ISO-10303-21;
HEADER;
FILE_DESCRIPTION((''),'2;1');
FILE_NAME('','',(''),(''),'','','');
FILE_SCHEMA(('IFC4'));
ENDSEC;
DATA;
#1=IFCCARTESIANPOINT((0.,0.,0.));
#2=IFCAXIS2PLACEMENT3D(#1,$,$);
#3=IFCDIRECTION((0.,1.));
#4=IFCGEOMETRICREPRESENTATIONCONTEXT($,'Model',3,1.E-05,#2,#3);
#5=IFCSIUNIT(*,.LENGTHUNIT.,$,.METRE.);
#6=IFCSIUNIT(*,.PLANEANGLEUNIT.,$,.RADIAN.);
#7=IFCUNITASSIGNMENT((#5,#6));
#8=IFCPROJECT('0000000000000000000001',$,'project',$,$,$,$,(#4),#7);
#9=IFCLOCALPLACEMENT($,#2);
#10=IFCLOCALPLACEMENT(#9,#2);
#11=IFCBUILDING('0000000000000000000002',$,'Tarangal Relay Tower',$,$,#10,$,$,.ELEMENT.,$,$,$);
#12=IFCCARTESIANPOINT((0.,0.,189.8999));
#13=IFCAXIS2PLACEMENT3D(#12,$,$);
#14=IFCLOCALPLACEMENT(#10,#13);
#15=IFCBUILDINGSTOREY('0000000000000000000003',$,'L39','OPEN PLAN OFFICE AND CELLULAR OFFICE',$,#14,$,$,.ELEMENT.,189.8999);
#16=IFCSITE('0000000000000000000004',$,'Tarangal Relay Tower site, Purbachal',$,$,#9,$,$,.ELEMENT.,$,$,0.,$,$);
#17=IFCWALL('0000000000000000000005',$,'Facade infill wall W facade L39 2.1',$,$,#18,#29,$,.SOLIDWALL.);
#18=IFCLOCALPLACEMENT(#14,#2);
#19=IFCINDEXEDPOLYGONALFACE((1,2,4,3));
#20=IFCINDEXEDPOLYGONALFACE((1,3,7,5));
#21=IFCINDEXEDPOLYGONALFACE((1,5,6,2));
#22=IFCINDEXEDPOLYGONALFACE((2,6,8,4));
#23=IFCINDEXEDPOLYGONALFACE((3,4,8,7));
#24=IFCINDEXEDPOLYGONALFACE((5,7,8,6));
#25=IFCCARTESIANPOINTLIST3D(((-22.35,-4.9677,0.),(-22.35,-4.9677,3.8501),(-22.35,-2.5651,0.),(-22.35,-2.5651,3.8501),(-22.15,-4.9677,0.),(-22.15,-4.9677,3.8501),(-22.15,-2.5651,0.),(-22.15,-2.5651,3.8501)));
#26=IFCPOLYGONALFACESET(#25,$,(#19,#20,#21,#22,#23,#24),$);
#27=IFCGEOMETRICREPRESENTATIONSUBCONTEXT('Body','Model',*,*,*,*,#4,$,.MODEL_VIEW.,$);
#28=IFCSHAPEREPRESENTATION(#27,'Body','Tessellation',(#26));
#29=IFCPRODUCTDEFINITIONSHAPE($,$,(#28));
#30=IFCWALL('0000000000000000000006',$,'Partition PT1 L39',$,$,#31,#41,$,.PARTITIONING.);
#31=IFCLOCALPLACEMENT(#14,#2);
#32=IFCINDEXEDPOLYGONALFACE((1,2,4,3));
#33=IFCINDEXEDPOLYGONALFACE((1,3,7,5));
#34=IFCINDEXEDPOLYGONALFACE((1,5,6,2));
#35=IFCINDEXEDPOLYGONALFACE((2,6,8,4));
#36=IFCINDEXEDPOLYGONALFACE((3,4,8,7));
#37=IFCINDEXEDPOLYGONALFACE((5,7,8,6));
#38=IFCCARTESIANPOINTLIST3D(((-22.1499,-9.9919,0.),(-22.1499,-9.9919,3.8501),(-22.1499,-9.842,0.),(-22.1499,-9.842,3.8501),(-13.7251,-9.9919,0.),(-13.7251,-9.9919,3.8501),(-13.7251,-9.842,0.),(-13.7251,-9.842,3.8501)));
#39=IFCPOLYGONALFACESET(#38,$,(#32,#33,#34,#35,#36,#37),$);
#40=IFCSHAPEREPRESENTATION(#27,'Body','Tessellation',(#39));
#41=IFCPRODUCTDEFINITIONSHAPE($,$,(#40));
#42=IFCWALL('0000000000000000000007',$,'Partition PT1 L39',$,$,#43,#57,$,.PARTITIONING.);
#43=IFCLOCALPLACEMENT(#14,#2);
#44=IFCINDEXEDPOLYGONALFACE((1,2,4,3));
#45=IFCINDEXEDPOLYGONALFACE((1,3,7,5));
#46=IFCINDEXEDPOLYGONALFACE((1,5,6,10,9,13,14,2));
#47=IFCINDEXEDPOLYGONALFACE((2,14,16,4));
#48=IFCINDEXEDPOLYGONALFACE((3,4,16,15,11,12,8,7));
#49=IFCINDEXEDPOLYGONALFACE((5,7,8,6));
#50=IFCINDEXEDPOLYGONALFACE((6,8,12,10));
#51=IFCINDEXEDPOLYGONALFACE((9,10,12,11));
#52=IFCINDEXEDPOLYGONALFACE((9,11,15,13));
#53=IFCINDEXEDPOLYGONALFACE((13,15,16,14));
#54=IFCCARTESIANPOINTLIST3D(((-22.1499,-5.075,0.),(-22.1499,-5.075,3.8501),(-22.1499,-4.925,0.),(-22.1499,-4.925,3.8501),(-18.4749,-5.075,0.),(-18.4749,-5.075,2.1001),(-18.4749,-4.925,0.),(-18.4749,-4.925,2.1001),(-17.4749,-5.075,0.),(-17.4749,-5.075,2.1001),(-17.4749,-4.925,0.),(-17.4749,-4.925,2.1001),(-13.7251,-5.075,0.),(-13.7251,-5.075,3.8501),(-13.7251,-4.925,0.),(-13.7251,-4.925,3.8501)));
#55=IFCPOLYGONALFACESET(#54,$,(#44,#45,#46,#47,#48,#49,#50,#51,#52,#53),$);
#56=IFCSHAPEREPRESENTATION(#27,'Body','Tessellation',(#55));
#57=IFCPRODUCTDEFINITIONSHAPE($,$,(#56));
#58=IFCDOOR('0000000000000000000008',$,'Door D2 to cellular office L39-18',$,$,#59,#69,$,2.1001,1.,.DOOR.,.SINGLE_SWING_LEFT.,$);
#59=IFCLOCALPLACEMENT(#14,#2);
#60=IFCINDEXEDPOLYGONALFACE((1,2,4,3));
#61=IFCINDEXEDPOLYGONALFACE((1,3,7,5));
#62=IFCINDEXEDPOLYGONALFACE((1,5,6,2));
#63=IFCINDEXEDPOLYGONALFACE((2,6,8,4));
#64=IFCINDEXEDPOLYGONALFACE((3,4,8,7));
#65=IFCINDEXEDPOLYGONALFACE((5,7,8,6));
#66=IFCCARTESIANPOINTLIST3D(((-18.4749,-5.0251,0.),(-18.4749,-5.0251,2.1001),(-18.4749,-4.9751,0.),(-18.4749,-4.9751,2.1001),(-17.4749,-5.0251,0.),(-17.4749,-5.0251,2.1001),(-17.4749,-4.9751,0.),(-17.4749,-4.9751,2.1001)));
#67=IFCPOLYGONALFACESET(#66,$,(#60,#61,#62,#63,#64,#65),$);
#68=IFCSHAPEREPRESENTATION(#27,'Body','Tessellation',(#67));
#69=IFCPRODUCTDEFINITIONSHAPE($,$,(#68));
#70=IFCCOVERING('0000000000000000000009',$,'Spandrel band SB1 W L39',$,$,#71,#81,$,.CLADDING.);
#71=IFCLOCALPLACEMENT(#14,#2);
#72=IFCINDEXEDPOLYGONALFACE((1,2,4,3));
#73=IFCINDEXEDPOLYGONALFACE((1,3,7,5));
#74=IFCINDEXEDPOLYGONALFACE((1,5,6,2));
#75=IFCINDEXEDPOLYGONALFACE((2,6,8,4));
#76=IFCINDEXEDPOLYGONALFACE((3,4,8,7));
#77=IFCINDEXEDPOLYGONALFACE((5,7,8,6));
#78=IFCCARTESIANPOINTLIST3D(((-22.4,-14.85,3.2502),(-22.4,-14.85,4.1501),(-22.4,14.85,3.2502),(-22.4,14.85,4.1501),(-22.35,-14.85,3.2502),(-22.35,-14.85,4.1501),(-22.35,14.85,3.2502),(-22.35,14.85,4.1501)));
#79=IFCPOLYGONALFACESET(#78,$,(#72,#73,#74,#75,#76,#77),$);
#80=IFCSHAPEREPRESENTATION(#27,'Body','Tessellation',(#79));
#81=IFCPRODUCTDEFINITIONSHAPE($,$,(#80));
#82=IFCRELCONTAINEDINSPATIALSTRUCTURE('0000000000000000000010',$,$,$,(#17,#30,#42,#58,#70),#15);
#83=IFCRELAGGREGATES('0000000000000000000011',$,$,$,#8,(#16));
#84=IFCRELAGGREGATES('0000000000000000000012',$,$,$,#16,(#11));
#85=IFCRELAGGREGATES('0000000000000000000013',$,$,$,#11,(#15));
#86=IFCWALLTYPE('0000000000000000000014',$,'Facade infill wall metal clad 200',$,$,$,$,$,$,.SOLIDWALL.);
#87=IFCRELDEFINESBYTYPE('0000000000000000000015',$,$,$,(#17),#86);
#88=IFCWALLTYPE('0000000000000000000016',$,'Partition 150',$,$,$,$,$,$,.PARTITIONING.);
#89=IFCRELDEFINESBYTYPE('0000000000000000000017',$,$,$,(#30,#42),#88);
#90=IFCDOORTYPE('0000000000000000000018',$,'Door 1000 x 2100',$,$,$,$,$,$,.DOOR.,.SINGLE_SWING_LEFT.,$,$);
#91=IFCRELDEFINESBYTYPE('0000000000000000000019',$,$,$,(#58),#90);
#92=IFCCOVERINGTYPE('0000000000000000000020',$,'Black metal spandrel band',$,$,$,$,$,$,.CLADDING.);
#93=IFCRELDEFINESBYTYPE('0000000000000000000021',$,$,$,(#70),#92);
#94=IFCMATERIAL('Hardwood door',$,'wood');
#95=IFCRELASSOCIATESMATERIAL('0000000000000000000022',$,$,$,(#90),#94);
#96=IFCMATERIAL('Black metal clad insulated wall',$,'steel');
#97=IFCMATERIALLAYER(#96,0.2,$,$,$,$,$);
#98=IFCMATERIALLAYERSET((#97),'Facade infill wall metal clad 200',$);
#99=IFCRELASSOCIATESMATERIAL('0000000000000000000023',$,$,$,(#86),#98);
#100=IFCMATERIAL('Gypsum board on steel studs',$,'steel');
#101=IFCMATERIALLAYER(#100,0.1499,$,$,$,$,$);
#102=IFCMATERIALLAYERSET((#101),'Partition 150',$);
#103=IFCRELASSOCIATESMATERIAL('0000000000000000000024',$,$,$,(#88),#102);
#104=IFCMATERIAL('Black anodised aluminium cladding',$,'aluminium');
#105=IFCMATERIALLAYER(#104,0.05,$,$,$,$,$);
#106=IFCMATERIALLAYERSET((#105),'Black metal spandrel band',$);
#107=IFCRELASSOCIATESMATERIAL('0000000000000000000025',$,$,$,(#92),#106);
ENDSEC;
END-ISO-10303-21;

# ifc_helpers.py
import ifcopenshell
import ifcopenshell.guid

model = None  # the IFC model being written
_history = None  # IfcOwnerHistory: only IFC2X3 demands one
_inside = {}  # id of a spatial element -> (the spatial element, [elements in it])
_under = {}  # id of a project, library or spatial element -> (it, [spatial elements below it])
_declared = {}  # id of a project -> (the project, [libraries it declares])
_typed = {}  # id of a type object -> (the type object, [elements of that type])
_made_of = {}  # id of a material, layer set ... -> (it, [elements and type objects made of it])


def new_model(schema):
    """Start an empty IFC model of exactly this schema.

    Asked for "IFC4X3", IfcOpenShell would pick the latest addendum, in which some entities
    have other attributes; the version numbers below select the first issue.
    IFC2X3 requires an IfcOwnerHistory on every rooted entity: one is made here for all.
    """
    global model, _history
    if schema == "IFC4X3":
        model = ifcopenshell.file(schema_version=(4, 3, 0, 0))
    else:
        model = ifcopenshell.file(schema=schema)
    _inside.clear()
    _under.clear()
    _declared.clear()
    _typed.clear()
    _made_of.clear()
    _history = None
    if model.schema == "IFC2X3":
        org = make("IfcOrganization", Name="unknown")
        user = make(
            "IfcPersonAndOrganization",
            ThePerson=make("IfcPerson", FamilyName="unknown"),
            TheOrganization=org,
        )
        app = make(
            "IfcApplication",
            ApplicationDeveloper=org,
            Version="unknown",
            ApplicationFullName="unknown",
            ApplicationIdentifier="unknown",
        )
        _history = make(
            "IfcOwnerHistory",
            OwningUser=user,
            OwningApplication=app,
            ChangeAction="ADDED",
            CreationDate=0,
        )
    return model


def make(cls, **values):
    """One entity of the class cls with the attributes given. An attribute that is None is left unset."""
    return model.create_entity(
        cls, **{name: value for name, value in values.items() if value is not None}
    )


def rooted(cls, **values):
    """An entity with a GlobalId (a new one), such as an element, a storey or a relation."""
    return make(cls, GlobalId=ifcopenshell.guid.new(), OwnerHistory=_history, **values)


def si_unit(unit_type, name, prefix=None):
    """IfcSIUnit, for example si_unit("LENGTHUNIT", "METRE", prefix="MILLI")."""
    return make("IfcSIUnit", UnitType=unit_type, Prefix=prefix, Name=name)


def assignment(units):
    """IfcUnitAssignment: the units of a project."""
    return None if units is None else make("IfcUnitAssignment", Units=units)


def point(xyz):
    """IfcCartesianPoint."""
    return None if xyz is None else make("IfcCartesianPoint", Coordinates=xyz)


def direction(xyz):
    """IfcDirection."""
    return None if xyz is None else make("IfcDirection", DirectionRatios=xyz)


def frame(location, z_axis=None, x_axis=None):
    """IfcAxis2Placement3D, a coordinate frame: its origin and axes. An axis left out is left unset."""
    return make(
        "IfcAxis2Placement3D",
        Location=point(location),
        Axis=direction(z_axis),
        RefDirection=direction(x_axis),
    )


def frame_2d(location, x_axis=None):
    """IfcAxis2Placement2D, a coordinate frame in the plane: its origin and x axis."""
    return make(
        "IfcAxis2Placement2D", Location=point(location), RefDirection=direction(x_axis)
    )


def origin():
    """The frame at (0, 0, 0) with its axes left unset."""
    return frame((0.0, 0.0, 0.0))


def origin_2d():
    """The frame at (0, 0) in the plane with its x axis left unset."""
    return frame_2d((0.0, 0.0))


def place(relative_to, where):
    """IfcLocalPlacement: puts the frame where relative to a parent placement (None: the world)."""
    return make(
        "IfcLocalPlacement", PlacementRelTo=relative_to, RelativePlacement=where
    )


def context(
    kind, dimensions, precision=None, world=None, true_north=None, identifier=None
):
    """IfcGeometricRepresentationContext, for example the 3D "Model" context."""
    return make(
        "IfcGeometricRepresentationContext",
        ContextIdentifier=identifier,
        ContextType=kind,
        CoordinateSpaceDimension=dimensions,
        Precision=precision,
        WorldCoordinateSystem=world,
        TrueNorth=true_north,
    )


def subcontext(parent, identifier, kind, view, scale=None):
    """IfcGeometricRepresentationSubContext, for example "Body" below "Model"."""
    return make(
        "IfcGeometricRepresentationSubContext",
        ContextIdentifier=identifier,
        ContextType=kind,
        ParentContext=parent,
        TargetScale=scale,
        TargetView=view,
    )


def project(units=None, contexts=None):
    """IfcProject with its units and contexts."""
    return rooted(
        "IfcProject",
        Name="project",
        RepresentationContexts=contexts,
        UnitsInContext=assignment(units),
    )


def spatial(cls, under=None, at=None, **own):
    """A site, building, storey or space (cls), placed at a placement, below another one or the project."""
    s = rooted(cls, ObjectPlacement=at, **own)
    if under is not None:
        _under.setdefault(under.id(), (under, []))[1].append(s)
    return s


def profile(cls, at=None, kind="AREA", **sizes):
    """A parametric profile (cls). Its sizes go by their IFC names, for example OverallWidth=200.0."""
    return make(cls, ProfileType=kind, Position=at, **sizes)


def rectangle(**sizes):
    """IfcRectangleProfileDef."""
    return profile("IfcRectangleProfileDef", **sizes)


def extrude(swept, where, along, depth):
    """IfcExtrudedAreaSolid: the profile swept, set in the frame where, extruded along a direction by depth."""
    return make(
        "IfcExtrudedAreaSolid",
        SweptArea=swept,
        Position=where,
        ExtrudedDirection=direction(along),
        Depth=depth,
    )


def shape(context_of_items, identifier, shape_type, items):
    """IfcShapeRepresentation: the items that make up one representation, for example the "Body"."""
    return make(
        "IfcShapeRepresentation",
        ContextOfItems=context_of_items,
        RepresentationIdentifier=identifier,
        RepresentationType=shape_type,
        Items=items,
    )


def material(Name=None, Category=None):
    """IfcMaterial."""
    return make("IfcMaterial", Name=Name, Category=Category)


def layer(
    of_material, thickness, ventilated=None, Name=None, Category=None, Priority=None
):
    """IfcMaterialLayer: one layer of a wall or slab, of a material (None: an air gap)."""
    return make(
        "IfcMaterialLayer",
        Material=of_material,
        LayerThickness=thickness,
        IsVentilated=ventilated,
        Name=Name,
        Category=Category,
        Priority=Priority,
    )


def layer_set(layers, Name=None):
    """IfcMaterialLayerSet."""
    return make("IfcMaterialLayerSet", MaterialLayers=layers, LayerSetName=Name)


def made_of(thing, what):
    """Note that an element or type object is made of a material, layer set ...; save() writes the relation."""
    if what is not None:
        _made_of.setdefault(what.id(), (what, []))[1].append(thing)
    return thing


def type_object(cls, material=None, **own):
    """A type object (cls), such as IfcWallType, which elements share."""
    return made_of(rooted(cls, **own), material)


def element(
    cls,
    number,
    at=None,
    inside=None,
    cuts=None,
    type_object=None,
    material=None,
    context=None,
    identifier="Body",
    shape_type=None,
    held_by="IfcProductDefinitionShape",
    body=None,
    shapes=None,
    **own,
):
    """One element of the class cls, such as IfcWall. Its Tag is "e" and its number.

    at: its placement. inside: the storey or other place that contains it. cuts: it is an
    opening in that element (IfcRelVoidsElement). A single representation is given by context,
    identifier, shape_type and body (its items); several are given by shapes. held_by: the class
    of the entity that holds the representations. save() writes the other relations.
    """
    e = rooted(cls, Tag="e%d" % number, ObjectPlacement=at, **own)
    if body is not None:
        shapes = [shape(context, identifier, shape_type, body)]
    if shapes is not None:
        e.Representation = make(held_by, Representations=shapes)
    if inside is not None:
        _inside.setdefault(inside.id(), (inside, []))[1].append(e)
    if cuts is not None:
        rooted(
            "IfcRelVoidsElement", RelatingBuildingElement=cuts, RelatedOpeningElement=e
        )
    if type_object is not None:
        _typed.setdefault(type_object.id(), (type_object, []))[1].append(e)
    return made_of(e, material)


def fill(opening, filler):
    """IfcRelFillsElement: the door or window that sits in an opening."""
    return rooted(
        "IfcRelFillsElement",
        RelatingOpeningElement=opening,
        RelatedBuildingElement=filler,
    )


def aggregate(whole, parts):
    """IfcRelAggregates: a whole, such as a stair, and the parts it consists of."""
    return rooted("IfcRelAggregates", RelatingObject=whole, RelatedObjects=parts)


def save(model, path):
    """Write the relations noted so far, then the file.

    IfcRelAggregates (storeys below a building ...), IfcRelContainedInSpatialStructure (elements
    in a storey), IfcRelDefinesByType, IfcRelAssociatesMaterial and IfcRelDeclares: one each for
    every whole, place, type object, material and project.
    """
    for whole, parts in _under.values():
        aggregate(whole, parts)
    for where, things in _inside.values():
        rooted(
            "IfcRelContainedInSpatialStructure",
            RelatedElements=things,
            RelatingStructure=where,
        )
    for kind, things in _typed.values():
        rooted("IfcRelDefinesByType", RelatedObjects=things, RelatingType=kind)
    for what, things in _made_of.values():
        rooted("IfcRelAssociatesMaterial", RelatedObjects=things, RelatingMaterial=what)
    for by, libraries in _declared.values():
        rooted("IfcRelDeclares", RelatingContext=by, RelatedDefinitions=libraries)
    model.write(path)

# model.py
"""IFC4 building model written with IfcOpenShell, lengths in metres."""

from ifc_helpers import new_model, si_unit, direction, frame, frame_2d, origin, origin_2d, place, context, subcontext, project, spatial, rectangle, extrude, material, layer, layer_set, type_object, element, fill, save


model = new_model("IFC4")

# Units and contexts
model_context = context("Model", 3, precision=1e-05, world=origin(), true_north=direction((0.0, 1.0)))
body_context = subcontext(model_context, "Body", "Model", "MODEL_VIEW")
ifc_project = project(units=[si_unit("LENGTHUNIT", "METRE"), si_unit("PLANEANGLEUNIT", "RADIAN")], contexts=[model_context])

# Site, building, storey
site_placement = place(None, origin())
site = spatial("IfcSite", under=ifc_project, at=site_placement, Name="Tarangal Relay Tower site, Purbachal", CompositionType="ELEMENT", RefElevation=0.0)
building_placement = place(site_placement, origin())
building = spatial("IfcBuilding", under=site, at=building_placement, Name="Tarangal Relay Tower", CompositionType="ELEMENT")
storey_placement = place(building_placement, frame((0.0, 0.0, 189.8999)))
storey = spatial("IfcBuildingStorey", under=building, at=storey_placement, Name="L39", Description="OPEN PLAN OFFICE AND CELLULAR OFFICE", CompositionType="ELEMENT", Elevation=189.8999)

# Shared definitions
ifc_material_1 = material(Name="Hardwood door", Category="wood")
door_type = type_object("IfcDoorType", Name="Door 1000 x 2100", OperationType="SINGLE_SWING_LEFT", PredefinedType="DOOR", material=ifc_material_1)

# Walls
ifc_material_2 = material(Name="Black metal clad insulated wall", Category="steel")
ifc_layer_1 = layer(ifc_material_2, 0.2)
ifc_layer_set_1 = layer_set([ifc_layer_1], Name="Facade infill wall metal clad 200")
wall_type_1 = type_object("IfcWallType", Name="Facade infill wall metal clad 200", PredefinedType="SOLIDWALL", material=ifc_layer_set_1)
for number, where, z_axis, x_axis, name in (
    (1, (-22.25, -4.9675, 0.0), (0.0, 0.0, 1.0), (0.0, 1.0, 0.0), "Facade infill wall W facade L39 2.1"),
):
    element("IfcWall", number, at=place(storey_placement, frame(where, z_axis=z_axis, x_axis=x_axis)), inside=storey, type_object=wall_type_1, Name=name, PredefinedType="SOLIDWALL", context=body_context, shape_type="SweptSolid", body=[
        extrude(rectangle(XDim=2.4026, YDim=0.2, at=frame_2d((1.2012, 0.0))), origin(), (0.0, 0.0, 1.0), 3.8501),
    ])
ifc_material_3 = material(Name="Gypsum board on steel studs", Category="steel")
ifc_layer_2 = layer(ifc_material_3, 0.1499)
ifc_layer_set_2 = layer_set([ifc_layer_2], Name="Partition 150")
wall_type_2 = type_object("IfcWallType", Name="Partition 150", PredefinedType="PARTITIONING", material=ifc_layer_set_2)
wall_1_placement = place(storey_placement, frame((-22.1499, -9.917, 0.0), z_axis=(0.0, 0.0, 1.0), x_axis=(1.0, 0.0, 0.0)))
element("IfcWall", 2, at=wall_1_placement, inside=storey, type_object=wall_type_2, Name="Partition PT1 L39", PredefinedType="PARTITIONING", context=body_context, shape_type="SweptSolid", body=[
    extrude(rectangle(XDim=8.4248, YDim=0.1499, at=frame_2d((4.2124, 0.0))), origin(), (0.0, 0.0, 1.0), 3.8501),
])

# Wall, opening, door
wall_2_placement = place(storey_placement, frame((-22.1499, -5.0, 0.0), z_axis=(0.0, 0.0, 1.0), x_axis=(1.0, 0.0, 0.0)))
wall_2 = element("IfcWall", 3, at=wall_2_placement, inside=storey, type_object=wall_type_2, Name="Partition PT1 L39", PredefinedType="PARTITIONING", context=body_context, shape_type="SweptSolid", body=[
    extrude(rectangle(XDim=8.4248, YDim=0.1499, at=frame_2d((4.2124, 0.0))), origin(), (0.0, 0.0, 1.0), 3.8501),
])
opening_1_placement = place(wall_2_placement, frame((3.675, 0.0, 0.0)))
opening_1 = element("IfcOpeningElement", 4, at=opening_1_placement, cuts=wall_2, PredefinedType="OPENING", context=body_context, shape_type="SweptSolid", body=[
    extrude(rectangle(XDim=1.0, YDim=2.1001, at=frame_2d((0.5, 1.05))), frame((0.0, 0.085, 0.0), z_axis=(0.0, -1.0, 0.0), x_axis=(1.0, 0.0, 0.0)), (0.0, 0.0, 1.0), 0.1699),
])
door_1_placement = place(opening_1_placement, origin())
door_1 = element("IfcDoor", 5, at=door_1_placement, inside=storey, type_object=door_type, Name="Door D2 to cellular office L39-18", OperationType="SINGLE_SWING_LEFT", OverallHeight=2.1001, OverallWidth=1.0, PredefinedType="DOOR", context=body_context, shape_type="SweptSolid", body=[
    extrude(rectangle(XDim=1.0, YDim=2.1001, at=frame_2d((0.5, 1.05))), frame((0.0, 0.0249, 0.0), z_axis=(0.0, -1.0, 0.0), x_axis=(1.0, 0.0, 0.0)), (0.0, 0.0, 1.0), 0.05),
])
fill(opening_1, door_1)

# Covering
ifc_material_4 = material(Name="Black anodised aluminium cladding", Category="aluminium")
ifc_layer_3 = layer(ifc_material_4, 0.05)
ifc_layer_set_3 = layer_set([ifc_layer_3], Name="Black metal spandrel band")
covering_type = type_object("IfcCoveringType", Name="Black metal spandrel band", PredefinedType="CLADDING", material=ifc_layer_set_3)
covering_placement = place(storey_placement, frame((-22.375, 0.0, 3.2502), z_axis=(0.0, 0.0, 1.0), x_axis=(0.0, 1.0, 0.0)))
element("IfcCovering", 6, at=covering_placement, inside=storey, type_object=covering_type, Name="Spandrel band SB1 W L39", PredefinedType="CLADDING", context=body_context, shape_type="SweptSolid", body=[
    extrude(rectangle(XDim=29.7, YDim=0.05, at=origin_2d()), origin(), (0.0, 0.0, 1.0), 0.8999),
])

save(model, "model.ifc")
